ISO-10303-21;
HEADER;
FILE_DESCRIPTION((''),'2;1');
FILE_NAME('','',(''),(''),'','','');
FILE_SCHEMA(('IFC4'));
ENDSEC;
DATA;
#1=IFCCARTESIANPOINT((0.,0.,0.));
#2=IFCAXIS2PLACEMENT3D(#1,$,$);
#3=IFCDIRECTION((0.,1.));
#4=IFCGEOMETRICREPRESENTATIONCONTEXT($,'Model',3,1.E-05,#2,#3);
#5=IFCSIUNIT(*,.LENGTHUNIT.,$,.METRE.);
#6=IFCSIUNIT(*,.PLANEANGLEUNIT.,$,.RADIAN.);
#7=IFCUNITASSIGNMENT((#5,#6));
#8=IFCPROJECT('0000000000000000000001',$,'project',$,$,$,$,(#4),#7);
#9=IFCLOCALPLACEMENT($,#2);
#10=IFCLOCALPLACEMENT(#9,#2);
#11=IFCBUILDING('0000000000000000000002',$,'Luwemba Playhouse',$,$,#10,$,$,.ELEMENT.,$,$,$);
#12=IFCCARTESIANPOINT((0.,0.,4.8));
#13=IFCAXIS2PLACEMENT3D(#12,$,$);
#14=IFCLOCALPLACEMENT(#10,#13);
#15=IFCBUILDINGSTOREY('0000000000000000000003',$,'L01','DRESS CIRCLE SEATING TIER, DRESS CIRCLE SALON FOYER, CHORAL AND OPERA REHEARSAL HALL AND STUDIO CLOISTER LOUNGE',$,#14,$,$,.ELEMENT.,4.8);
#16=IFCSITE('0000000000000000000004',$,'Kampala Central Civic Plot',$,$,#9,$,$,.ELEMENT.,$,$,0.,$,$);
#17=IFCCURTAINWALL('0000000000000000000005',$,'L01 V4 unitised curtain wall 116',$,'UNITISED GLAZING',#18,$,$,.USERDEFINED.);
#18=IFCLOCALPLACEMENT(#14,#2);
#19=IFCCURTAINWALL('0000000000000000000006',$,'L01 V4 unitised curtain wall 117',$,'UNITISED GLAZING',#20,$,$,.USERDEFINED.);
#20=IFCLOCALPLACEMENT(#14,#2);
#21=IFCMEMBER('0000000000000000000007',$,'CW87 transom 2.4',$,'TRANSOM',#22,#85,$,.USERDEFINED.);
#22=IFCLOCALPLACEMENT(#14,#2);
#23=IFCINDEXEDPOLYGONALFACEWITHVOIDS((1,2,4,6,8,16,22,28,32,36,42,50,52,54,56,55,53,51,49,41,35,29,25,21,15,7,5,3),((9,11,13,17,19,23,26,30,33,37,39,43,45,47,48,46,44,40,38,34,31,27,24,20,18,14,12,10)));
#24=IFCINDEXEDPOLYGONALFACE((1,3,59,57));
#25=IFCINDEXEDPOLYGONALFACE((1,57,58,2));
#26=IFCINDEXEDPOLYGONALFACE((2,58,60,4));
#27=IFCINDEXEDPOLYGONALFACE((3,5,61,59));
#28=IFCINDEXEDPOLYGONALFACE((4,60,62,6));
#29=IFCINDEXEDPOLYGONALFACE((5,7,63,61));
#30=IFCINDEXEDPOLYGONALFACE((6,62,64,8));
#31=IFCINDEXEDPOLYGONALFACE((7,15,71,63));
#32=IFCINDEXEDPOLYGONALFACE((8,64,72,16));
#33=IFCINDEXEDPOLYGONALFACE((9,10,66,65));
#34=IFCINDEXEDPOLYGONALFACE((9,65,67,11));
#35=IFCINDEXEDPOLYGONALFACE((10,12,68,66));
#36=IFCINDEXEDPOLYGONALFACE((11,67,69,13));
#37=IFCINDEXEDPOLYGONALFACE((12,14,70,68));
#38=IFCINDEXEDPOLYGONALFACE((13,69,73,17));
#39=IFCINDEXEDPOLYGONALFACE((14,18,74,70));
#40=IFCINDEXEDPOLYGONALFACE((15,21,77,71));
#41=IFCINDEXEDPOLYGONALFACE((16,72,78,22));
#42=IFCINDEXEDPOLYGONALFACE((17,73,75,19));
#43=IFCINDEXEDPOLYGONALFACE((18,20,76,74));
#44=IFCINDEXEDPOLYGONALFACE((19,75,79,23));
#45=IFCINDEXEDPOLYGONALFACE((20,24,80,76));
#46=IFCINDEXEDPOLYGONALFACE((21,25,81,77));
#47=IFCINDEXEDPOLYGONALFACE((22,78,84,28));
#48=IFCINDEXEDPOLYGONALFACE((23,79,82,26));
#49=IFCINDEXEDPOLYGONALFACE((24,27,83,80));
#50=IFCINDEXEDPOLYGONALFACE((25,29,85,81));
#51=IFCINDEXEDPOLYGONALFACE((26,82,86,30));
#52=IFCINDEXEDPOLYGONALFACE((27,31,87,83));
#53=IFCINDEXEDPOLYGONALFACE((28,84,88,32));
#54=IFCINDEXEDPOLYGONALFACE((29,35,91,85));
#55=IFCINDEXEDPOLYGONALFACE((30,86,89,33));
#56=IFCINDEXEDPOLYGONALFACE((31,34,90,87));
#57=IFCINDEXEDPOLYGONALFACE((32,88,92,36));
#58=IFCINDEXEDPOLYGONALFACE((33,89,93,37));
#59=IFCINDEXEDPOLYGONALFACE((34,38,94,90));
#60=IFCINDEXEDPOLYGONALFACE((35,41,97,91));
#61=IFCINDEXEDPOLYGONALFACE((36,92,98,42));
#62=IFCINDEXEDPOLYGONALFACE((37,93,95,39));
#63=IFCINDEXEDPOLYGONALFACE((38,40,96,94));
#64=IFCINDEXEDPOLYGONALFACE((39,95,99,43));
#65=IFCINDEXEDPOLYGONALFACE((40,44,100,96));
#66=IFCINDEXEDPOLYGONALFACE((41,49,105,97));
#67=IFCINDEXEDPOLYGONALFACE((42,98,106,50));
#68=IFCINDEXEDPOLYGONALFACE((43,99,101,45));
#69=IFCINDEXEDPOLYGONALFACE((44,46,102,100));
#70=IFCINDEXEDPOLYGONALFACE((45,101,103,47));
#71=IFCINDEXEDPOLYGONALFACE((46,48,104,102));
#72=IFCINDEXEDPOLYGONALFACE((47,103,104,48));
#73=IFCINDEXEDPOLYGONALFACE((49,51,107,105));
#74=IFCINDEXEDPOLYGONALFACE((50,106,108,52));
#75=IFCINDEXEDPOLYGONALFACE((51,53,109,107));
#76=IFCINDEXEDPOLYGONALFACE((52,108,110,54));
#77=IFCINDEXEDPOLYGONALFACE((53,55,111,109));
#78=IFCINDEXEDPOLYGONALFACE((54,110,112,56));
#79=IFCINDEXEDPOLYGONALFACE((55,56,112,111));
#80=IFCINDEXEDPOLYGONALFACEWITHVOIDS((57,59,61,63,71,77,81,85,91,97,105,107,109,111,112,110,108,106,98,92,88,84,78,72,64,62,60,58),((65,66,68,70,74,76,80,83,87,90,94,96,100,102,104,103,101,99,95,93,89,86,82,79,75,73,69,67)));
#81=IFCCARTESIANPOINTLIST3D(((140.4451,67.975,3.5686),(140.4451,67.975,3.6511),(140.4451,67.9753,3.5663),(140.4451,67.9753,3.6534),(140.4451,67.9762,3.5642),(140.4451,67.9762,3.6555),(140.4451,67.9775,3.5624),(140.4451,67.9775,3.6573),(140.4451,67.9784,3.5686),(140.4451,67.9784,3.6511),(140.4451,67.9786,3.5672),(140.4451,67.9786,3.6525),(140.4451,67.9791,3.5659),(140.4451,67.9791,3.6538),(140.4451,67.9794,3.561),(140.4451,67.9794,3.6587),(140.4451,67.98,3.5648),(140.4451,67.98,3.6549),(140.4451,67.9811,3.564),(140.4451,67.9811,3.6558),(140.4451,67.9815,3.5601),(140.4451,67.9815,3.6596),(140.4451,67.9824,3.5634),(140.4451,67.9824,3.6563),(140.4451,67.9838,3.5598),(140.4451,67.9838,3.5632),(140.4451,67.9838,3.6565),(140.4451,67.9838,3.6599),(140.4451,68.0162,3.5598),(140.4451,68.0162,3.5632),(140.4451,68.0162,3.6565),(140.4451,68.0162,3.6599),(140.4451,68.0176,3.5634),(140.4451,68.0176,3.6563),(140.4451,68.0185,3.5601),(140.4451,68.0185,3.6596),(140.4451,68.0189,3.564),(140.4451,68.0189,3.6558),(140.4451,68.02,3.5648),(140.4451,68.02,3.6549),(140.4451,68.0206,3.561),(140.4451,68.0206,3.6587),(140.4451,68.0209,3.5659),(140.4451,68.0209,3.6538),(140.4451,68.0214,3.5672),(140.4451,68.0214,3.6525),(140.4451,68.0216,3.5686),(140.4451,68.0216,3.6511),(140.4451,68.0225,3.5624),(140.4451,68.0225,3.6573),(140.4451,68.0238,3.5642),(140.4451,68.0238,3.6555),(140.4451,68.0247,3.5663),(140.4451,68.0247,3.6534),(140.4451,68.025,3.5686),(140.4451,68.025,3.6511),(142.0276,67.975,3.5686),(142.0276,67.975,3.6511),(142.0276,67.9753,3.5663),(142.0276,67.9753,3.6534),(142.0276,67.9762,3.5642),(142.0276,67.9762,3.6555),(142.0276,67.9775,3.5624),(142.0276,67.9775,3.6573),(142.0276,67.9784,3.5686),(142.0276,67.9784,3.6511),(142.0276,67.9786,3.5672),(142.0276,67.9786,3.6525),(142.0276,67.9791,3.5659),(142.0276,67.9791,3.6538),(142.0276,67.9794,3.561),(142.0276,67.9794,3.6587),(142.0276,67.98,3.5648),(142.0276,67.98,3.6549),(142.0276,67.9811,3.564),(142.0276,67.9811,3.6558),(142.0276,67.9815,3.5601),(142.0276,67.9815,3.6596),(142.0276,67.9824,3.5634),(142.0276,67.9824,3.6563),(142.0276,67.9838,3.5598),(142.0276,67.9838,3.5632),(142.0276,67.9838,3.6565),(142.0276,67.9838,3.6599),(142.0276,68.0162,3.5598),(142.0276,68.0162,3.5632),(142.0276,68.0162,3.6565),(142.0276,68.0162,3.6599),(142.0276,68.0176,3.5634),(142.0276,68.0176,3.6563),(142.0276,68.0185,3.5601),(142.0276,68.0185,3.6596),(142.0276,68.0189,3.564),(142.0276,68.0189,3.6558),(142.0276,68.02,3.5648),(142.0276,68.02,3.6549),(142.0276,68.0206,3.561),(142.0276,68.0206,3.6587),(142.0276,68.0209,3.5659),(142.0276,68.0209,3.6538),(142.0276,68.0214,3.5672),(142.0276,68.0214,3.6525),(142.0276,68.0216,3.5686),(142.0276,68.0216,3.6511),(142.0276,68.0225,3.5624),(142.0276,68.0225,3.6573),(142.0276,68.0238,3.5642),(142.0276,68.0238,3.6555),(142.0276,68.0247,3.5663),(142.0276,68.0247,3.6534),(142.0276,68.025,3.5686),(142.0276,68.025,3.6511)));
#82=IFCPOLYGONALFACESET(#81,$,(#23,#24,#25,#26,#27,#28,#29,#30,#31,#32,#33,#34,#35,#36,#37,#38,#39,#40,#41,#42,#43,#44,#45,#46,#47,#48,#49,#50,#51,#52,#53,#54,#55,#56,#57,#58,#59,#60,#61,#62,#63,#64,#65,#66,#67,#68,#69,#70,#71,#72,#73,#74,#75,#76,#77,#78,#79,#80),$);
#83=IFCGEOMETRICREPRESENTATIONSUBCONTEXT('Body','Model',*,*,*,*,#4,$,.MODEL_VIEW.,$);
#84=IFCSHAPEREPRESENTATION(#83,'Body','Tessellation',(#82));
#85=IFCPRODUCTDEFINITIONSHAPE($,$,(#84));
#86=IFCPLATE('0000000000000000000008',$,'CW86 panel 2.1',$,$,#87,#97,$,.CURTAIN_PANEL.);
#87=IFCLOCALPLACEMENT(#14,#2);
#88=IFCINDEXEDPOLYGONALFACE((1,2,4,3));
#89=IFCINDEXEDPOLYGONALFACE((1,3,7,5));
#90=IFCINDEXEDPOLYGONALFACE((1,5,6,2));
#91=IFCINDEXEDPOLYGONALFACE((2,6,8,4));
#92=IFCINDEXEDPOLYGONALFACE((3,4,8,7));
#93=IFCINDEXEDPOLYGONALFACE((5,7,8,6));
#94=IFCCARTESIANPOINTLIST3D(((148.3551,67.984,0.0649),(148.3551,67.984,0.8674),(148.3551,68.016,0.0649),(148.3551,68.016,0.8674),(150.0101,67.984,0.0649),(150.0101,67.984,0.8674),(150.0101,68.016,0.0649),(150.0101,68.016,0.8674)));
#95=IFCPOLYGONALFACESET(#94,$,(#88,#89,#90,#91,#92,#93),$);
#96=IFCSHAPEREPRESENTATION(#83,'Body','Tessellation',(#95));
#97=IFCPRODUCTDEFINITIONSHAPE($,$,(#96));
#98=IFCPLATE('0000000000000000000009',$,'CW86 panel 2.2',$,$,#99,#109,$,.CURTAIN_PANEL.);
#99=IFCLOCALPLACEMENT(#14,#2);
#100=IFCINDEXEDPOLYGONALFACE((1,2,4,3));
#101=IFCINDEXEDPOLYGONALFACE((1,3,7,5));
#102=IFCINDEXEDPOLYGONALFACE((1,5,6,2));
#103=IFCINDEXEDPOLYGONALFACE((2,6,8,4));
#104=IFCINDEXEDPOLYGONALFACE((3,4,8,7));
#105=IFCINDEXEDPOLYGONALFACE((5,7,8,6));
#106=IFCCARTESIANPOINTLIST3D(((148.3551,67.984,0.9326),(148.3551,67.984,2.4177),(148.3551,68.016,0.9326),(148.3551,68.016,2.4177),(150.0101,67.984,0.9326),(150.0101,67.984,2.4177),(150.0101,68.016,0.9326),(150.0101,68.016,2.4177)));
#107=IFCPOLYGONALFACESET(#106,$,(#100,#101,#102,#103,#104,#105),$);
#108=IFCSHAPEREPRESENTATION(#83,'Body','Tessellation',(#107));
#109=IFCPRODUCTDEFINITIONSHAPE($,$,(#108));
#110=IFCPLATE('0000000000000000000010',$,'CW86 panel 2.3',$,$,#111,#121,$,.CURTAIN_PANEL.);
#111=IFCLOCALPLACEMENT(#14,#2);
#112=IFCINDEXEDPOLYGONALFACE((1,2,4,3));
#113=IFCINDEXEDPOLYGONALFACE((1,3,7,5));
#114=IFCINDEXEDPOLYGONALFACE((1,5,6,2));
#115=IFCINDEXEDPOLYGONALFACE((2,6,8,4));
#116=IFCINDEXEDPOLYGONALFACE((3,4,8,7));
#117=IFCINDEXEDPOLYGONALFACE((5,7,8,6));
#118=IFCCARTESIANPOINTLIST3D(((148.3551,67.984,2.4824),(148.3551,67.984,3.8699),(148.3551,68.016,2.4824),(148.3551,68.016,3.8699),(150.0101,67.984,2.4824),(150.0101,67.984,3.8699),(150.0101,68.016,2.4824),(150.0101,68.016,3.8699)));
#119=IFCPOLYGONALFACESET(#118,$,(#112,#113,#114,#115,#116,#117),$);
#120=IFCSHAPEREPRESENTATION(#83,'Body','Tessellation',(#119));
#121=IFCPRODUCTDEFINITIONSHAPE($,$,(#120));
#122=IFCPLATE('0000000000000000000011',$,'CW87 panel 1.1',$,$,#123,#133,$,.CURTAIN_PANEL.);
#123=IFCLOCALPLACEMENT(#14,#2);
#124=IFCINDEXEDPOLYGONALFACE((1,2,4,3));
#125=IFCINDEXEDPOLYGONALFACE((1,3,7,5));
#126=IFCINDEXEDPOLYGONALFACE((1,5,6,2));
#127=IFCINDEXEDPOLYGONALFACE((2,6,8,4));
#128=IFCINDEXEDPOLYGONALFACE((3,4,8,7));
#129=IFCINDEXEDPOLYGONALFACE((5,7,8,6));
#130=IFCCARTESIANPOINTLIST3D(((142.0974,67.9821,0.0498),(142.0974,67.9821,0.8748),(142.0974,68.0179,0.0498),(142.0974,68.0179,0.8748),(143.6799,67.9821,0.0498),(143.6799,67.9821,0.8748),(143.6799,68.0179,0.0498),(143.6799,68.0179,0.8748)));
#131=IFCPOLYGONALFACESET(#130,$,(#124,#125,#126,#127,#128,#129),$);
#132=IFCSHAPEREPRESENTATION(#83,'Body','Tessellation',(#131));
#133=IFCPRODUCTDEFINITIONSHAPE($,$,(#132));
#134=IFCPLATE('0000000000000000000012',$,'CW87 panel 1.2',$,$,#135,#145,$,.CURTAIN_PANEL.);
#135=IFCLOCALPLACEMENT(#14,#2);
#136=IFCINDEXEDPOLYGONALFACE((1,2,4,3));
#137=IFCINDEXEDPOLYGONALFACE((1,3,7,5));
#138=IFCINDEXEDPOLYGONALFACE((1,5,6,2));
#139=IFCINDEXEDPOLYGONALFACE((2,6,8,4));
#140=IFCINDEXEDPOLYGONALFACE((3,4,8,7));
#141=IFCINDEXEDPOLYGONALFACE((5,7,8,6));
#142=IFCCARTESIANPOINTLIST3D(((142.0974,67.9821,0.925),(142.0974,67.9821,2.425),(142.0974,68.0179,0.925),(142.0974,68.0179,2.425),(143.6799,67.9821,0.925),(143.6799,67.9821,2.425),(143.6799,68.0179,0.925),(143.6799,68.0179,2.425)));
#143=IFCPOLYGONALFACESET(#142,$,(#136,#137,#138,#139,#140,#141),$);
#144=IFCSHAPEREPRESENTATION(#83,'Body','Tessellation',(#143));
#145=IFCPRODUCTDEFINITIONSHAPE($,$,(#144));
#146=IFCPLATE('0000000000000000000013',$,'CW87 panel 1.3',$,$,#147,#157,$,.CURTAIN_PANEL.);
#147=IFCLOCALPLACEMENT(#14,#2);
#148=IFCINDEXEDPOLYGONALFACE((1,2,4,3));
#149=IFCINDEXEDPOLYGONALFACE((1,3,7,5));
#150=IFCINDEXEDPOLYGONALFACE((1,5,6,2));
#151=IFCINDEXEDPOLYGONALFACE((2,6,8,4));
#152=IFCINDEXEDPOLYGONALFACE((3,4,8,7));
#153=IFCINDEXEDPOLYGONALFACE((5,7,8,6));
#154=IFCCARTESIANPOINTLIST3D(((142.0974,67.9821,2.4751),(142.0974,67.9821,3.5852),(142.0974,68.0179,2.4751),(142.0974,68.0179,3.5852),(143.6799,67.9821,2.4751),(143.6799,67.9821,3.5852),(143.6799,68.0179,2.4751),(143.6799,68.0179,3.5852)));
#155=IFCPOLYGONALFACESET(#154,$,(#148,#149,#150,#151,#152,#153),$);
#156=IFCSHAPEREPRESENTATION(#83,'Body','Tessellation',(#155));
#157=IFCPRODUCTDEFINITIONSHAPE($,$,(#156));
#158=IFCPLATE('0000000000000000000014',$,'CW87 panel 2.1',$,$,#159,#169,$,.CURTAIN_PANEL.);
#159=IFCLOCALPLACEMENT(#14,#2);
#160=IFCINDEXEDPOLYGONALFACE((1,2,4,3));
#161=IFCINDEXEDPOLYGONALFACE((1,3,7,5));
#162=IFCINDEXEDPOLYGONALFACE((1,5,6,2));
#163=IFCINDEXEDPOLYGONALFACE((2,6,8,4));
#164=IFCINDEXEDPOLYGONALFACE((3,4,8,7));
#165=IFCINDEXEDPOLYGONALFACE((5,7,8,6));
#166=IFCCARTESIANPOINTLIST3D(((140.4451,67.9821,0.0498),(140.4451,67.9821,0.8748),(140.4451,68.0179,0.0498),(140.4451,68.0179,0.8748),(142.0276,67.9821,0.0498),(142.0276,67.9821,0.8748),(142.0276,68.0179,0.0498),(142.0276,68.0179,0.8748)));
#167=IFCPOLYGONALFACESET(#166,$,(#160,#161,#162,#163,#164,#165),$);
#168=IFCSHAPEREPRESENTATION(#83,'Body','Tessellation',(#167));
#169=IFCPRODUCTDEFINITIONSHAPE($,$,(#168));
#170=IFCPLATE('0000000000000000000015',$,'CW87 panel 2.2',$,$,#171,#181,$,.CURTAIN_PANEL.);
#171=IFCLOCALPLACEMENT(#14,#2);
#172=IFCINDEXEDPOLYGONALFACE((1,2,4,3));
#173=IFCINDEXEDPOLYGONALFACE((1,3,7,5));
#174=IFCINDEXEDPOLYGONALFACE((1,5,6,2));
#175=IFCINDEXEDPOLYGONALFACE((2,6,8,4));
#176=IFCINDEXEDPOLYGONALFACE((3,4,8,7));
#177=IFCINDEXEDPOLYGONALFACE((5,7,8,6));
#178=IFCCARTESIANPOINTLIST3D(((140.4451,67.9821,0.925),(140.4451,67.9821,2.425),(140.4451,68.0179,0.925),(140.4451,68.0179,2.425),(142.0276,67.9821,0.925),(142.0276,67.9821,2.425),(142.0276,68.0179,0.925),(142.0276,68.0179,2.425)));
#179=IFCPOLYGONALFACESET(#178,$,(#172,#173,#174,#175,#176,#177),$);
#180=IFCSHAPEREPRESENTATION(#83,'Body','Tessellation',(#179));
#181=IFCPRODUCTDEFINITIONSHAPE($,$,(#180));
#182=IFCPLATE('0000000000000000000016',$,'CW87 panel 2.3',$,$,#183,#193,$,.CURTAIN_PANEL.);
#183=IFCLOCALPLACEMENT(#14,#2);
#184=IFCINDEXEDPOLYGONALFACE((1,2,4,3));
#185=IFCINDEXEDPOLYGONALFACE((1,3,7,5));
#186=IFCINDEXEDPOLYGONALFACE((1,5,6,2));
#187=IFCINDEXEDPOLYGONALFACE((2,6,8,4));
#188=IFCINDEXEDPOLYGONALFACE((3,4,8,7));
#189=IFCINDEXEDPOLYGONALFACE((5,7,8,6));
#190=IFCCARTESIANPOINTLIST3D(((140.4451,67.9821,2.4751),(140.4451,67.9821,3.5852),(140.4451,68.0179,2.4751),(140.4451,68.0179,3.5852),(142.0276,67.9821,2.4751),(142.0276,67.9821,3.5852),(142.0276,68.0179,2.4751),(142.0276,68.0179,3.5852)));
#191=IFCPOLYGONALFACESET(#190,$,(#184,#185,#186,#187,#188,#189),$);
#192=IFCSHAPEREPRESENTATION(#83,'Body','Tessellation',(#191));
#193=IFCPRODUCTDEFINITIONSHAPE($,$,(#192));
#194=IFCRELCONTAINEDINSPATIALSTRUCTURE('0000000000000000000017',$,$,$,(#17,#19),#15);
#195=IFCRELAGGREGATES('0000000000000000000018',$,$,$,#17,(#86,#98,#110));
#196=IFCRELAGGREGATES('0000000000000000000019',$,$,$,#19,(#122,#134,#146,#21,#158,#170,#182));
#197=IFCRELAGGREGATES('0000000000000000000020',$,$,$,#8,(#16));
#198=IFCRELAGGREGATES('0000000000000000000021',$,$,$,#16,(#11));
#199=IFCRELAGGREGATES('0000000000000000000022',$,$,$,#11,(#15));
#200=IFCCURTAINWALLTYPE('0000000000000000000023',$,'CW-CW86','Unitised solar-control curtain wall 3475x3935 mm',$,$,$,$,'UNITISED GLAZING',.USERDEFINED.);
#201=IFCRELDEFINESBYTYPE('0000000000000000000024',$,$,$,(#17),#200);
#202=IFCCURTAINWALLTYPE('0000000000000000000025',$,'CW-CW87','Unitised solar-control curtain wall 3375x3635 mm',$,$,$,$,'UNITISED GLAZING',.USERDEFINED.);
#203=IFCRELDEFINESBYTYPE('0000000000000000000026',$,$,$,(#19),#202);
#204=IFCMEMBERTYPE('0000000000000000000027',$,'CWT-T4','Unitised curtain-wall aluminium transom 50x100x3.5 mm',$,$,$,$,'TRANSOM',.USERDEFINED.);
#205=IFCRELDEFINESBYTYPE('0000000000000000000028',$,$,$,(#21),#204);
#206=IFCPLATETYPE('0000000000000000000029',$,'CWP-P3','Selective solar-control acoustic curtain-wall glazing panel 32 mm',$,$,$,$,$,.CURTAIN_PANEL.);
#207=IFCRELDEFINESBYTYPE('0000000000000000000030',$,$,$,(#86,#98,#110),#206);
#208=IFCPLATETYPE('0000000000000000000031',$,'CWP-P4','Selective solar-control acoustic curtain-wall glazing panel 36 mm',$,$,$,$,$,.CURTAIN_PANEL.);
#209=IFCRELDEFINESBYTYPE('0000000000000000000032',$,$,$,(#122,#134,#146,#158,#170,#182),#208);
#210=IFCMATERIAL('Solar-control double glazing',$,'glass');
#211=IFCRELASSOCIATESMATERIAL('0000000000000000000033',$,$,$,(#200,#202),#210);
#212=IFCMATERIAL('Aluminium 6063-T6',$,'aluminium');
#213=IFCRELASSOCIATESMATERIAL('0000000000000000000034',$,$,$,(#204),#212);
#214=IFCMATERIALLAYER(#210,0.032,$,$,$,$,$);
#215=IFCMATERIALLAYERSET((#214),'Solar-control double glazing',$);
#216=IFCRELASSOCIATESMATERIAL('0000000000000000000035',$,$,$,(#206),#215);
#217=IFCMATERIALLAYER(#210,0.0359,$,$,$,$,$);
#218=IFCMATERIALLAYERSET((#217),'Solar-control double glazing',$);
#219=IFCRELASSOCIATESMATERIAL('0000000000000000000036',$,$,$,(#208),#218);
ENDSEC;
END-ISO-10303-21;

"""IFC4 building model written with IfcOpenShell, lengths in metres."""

from ifc_helpers import new_model, si_unit, direction, frame, origin, origin_2d, place, context, subcontext, project, spatial, rectangle, hollow_rectangle, extrude, material, layer, layer_set, material_profile, profile_set, type_object, element, aggregate, save


model = new_model("IFC4")

# Units and contexts
model_context = context("Model", 3, precision=1e-05, world=origin(), true_north=direction((0.0, 1.0)))
body_context = subcontext(model_context, "Body", "Model", "MODEL_VIEW")
ifc_project = project(units=[si_unit("LENGTHUNIT", "METRE"), si_unit("PLANEANGLEUNIT", "RADIAN")], contexts=[model_context])

# Site, building, storey
site_placement = place(None, origin())
site = spatial("IfcSite", under=ifc_project, at=site_placement, Name="Kampala Central Civic Plot", CompositionType="ELEMENT", RefElevation=0.0)
building_placement = place(site_placement, origin())
building = spatial("IfcBuilding", under=site, at=building_placement, Name="Luwemba Playhouse", CompositionType="ELEMENT")
storey_placement = place(building_placement, frame((0.0, 0.0, 4.8)))
storey = spatial("IfcBuildingStorey", under=building, at=storey_placement, Name="L01", Description="DRESS CIRCLE SEATING TIER, DRESS CIRCLE SALON FOYER, CHORAL AND OPERA REHEARSAL HALL AND STUDIO CLOISTER LOUNGE", CompositionType="ELEMENT", Elevation=4.8)

# Curtain wall
ifc_material_1 = material(Name="Solar-control double glazing", Category="glass")
curtain_wall_type_1 = type_object("IfcCurtainWallType", Name="CW-CW86", Description="Unitised solar-control curtain wall 3475x3935 mm", ElementType="UNITISED GLAZING", PredefinedType="USERDEFINED", material=ifc_material_1)
curtain_wall_1_placement = place(storey_placement, origin())
curtain_wall_1 = element("IfcCurtainWall", 1, at=curtain_wall_1_placement, inside=storey, type_object=curtain_wall_type_1, Name="L01 V4 unitised curtain wall 116", ObjectType="UNITISED GLAZING", PredefinedType="USERDEFINED")
ifc_material_2 = material(Name="Aluminium 6063-T6", Category="aluminium")

# Curtain wall
curtain_wall_type_2 = type_object("IfcCurtainWallType", Name="CW-CW87", Description="Unitised solar-control curtain wall 3375x3635 mm", ElementType="UNITISED GLAZING", PredefinedType="USERDEFINED", material=ifc_material_1)
curtain_wall_2_placement = place(storey_placement, origin())
curtain_wall_2 = element("IfcCurtainWall", 2, at=curtain_wall_2_placement, inside=storey, type_object=curtain_wall_type_2, Name="L01 V4 unitised curtain wall 117", ObjectType="UNITISED GLAZING", PredefinedType="USERDEFINED")

# Member
ifc_material_profile_1 = material_profile(ifc_material_2, hollow_rectangle(XDim=0.05, YDim=0.1001, WallThickness=0.0034, InnerFilletRadius=0.0054, OuterFilletRadius=0.0088, at=origin_2d()))
ifc_profile_set_1 = profile_set([ifc_material_profile_1], Name="Aluminium 6063-T6")
member_type_1 = type_object("IfcMemberType", Name="CWT-T4", Description="Unitised curtain-wall aluminium transom 50x100x3.5 mm", ElementType="TRANSOM", PredefinedType="USERDEFINED", material=ifc_profile_set_1)
member_1_placement = place(storey_placement, frame((142.0276, 68.0, 3.6099), z_axis=(-1.0, 0.0, 0.0), x_axis=(0.0, -1.0, 0.0)))
member_1 = element("IfcMember", 3, at=member_1_placement, type_object=member_type_1, Name="CW87 transom 2.4", ObjectType="TRANSOM", PredefinedType="USERDEFINED", context=body_context, shape_type="SweptSolid", body=[
    extrude(hollow_rectangle(XDim=0.05, YDim=0.1001, WallThickness=0.0034, InnerFilletRadius=0.0054, OuterFilletRadius=0.0088, at=origin_2d()), origin(), (0.0, 0.0, 1.0), 1.5825),
])

# Plates
ifc_layer_1 = layer(ifc_material_1, 0.032)
ifc_layer_set_1 = layer_set([ifc_layer_1], Name="Solar-control double glazing")
plate_type_1 = type_object("IfcPlateType", Name="CWP-P3", Description="Selective solar-control acoustic curtain-wall glazing panel 32 mm", PredefinedType="CURTAIN_PANEL", material=ifc_layer_set_1)
plate_1_placement = place(storey_placement, frame((149.1826, 68.0, 0.0649), z_axis=(0.0, 0.0, 1.0), x_axis=(-1.0, 0.0, 0.0)))
plate_1 = element("IfcPlate", 4, at=plate_1_placement, type_object=plate_type_1, Name="CW86 panel 2.1", PredefinedType="CURTAIN_PANEL", context=body_context, shape_type="SweptSolid", body=[
    extrude(rectangle(XDim=1.655, YDim=0.032, at=origin_2d()), origin(), (0.0, 0.0, 1.0), 0.8025),
])
plate_2_placement = place(storey_placement, frame((149.1826, 68.0, 0.9326), z_axis=(0.0, 0.0, 1.0), x_axis=(-1.0, 0.0, 0.0)))
plate_2 = element("IfcPlate", 5, at=plate_2_placement, type_object=plate_type_1, Name="CW86 panel 2.2", PredefinedType="CURTAIN_PANEL", context=body_context, shape_type="SweptSolid", body=[
    extrude(rectangle(XDim=1.655, YDim=0.032, at=origin_2d()), origin(), (0.0, 0.0, 1.0), 1.4851),
])
plate_3_placement = place(storey_placement, frame((149.1826, 68.0, 2.4824), z_axis=(0.0, 0.0, 1.0), x_axis=(-1.0, 0.0, 0.0)))
plate_3 = element("IfcPlate", 6, at=plate_3_placement, type_object=plate_type_1, Name="CW86 panel 2.3", PredefinedType="CURTAIN_PANEL", context=body_context, shape_type="SweptSolid", body=[
    extrude(rectangle(XDim=1.655, YDim=0.032, at=origin_2d()), origin(), (0.0, 0.0, 1.0), 1.3875),
])
aggregate(curtain_wall_1, [plate_1, plate_2, plate_3])
ifc_layer_2 = layer(ifc_material_1, 0.0359)
ifc_layer_set_2 = layer_set([ifc_layer_2], Name="Solar-control double glazing")
plate_type_2 = type_object("IfcPlateType", Name="CWP-P4", Description="Selective solar-control acoustic curtain-wall glazing panel 36 mm", PredefinedType="CURTAIN_PANEL", material=ifc_layer_set_2)
plate_4_placement = place(storey_placement, frame((142.8887, 68.0, 0.0498), z_axis=(0.0, 0.0, 1.0), x_axis=(-1.0, 0.0, 0.0)))
plate_4 = element("IfcPlate", 7, at=plate_4_placement, type_object=plate_type_2, Name="CW87 panel 1.1", PredefinedType="CURTAIN_PANEL", context=body_context, shape_type="SweptSolid", body=[
    extrude(rectangle(XDim=1.5825, YDim=0.0359, at=origin_2d()), origin(), (0.0, 0.0, 1.0), 0.825),
])
plate_5_placement = place(storey_placement, frame((142.8887, 68.0, 0.925), z_axis=(0.0, 0.0, 1.0), x_axis=(-1.0, 0.0, 0.0)))
plate_5 = element("IfcPlate", 8, at=plate_5_placement, type_object=plate_type_2, Name="CW87 panel 1.2", PredefinedType="CURTAIN_PANEL", context=body_context, shape_type="SweptSolid", body=[
    extrude(rectangle(XDim=1.5825, YDim=0.0359, at=origin_2d()), origin(), (0.0, 0.0, 1.0), 1.5),
])
plate_6_placement = place(storey_placement, frame((142.8887, 68.0, 2.4751), z_axis=(0.0, 0.0, 1.0), x_axis=(-1.0, 0.0, 0.0)))
plate_6 = element("IfcPlate", 9, at=plate_6_placement, type_object=plate_type_2, Name="CW87 panel 1.3", PredefinedType="CURTAIN_PANEL", context=body_context, shape_type="SweptSolid", body=[
    extrude(rectangle(XDim=1.5825, YDim=0.0359, at=origin_2d()), origin(), (0.0, 0.0, 1.0), 1.1101),
])
plate_7_placement = place(storey_placement, frame((141.2363, 68.0, 0.0498), z_axis=(0.0, 0.0, 1.0), x_axis=(-1.0, 0.0, 0.0)))
plate_7 = element("IfcPlate", 10, at=plate_7_placement, type_object=plate_type_2, Name="CW87 panel 2.1", PredefinedType="CURTAIN_PANEL", context=body_context, shape_type="SweptSolid", body=[
    extrude(rectangle(XDim=1.5825, YDim=0.0359, at=origin_2d()), origin(), (0.0, 0.0, 1.0), 0.825),
])
plate_8_placement = place(storey_placement, frame((141.2363, 68.0, 0.925), z_axis=(0.0, 0.0, 1.0), x_axis=(-1.0, 0.0, 0.0)))
plate_8 = element("IfcPlate", 11, at=plate_8_placement, type_object=plate_type_2, Name="CW87 panel 2.2", PredefinedType="CURTAIN_PANEL", context=body_context, shape_type="SweptSolid", body=[
    extrude(rectangle(XDim=1.5825, YDim=0.0359, at=origin_2d()), origin(), (0.0, 0.0, 1.0), 1.5),
])
plate_9_placement = place(storey_placement, frame((141.2363, 68.0, 2.4751), z_axis=(0.0, 0.0, 1.0), x_axis=(-1.0, 0.0, 0.0)))
plate_9 = element("IfcPlate", 12, at=plate_9_placement, type_object=plate_type_2, Name="CW87 panel 2.3", PredefinedType="CURTAIN_PANEL", context=body_context, shape_type="SweptSolid", body=[
    extrude(rectangle(XDim=1.5825, YDim=0.0359, at=origin_2d()), origin(), (0.0, 0.0, 1.0), 1.1101),
])
aggregate(curtain_wall_2, [plate_4, plate_5, plate_6, member_1, plate_7, plate_8, plate_9])

save(model, "model.ifc")
